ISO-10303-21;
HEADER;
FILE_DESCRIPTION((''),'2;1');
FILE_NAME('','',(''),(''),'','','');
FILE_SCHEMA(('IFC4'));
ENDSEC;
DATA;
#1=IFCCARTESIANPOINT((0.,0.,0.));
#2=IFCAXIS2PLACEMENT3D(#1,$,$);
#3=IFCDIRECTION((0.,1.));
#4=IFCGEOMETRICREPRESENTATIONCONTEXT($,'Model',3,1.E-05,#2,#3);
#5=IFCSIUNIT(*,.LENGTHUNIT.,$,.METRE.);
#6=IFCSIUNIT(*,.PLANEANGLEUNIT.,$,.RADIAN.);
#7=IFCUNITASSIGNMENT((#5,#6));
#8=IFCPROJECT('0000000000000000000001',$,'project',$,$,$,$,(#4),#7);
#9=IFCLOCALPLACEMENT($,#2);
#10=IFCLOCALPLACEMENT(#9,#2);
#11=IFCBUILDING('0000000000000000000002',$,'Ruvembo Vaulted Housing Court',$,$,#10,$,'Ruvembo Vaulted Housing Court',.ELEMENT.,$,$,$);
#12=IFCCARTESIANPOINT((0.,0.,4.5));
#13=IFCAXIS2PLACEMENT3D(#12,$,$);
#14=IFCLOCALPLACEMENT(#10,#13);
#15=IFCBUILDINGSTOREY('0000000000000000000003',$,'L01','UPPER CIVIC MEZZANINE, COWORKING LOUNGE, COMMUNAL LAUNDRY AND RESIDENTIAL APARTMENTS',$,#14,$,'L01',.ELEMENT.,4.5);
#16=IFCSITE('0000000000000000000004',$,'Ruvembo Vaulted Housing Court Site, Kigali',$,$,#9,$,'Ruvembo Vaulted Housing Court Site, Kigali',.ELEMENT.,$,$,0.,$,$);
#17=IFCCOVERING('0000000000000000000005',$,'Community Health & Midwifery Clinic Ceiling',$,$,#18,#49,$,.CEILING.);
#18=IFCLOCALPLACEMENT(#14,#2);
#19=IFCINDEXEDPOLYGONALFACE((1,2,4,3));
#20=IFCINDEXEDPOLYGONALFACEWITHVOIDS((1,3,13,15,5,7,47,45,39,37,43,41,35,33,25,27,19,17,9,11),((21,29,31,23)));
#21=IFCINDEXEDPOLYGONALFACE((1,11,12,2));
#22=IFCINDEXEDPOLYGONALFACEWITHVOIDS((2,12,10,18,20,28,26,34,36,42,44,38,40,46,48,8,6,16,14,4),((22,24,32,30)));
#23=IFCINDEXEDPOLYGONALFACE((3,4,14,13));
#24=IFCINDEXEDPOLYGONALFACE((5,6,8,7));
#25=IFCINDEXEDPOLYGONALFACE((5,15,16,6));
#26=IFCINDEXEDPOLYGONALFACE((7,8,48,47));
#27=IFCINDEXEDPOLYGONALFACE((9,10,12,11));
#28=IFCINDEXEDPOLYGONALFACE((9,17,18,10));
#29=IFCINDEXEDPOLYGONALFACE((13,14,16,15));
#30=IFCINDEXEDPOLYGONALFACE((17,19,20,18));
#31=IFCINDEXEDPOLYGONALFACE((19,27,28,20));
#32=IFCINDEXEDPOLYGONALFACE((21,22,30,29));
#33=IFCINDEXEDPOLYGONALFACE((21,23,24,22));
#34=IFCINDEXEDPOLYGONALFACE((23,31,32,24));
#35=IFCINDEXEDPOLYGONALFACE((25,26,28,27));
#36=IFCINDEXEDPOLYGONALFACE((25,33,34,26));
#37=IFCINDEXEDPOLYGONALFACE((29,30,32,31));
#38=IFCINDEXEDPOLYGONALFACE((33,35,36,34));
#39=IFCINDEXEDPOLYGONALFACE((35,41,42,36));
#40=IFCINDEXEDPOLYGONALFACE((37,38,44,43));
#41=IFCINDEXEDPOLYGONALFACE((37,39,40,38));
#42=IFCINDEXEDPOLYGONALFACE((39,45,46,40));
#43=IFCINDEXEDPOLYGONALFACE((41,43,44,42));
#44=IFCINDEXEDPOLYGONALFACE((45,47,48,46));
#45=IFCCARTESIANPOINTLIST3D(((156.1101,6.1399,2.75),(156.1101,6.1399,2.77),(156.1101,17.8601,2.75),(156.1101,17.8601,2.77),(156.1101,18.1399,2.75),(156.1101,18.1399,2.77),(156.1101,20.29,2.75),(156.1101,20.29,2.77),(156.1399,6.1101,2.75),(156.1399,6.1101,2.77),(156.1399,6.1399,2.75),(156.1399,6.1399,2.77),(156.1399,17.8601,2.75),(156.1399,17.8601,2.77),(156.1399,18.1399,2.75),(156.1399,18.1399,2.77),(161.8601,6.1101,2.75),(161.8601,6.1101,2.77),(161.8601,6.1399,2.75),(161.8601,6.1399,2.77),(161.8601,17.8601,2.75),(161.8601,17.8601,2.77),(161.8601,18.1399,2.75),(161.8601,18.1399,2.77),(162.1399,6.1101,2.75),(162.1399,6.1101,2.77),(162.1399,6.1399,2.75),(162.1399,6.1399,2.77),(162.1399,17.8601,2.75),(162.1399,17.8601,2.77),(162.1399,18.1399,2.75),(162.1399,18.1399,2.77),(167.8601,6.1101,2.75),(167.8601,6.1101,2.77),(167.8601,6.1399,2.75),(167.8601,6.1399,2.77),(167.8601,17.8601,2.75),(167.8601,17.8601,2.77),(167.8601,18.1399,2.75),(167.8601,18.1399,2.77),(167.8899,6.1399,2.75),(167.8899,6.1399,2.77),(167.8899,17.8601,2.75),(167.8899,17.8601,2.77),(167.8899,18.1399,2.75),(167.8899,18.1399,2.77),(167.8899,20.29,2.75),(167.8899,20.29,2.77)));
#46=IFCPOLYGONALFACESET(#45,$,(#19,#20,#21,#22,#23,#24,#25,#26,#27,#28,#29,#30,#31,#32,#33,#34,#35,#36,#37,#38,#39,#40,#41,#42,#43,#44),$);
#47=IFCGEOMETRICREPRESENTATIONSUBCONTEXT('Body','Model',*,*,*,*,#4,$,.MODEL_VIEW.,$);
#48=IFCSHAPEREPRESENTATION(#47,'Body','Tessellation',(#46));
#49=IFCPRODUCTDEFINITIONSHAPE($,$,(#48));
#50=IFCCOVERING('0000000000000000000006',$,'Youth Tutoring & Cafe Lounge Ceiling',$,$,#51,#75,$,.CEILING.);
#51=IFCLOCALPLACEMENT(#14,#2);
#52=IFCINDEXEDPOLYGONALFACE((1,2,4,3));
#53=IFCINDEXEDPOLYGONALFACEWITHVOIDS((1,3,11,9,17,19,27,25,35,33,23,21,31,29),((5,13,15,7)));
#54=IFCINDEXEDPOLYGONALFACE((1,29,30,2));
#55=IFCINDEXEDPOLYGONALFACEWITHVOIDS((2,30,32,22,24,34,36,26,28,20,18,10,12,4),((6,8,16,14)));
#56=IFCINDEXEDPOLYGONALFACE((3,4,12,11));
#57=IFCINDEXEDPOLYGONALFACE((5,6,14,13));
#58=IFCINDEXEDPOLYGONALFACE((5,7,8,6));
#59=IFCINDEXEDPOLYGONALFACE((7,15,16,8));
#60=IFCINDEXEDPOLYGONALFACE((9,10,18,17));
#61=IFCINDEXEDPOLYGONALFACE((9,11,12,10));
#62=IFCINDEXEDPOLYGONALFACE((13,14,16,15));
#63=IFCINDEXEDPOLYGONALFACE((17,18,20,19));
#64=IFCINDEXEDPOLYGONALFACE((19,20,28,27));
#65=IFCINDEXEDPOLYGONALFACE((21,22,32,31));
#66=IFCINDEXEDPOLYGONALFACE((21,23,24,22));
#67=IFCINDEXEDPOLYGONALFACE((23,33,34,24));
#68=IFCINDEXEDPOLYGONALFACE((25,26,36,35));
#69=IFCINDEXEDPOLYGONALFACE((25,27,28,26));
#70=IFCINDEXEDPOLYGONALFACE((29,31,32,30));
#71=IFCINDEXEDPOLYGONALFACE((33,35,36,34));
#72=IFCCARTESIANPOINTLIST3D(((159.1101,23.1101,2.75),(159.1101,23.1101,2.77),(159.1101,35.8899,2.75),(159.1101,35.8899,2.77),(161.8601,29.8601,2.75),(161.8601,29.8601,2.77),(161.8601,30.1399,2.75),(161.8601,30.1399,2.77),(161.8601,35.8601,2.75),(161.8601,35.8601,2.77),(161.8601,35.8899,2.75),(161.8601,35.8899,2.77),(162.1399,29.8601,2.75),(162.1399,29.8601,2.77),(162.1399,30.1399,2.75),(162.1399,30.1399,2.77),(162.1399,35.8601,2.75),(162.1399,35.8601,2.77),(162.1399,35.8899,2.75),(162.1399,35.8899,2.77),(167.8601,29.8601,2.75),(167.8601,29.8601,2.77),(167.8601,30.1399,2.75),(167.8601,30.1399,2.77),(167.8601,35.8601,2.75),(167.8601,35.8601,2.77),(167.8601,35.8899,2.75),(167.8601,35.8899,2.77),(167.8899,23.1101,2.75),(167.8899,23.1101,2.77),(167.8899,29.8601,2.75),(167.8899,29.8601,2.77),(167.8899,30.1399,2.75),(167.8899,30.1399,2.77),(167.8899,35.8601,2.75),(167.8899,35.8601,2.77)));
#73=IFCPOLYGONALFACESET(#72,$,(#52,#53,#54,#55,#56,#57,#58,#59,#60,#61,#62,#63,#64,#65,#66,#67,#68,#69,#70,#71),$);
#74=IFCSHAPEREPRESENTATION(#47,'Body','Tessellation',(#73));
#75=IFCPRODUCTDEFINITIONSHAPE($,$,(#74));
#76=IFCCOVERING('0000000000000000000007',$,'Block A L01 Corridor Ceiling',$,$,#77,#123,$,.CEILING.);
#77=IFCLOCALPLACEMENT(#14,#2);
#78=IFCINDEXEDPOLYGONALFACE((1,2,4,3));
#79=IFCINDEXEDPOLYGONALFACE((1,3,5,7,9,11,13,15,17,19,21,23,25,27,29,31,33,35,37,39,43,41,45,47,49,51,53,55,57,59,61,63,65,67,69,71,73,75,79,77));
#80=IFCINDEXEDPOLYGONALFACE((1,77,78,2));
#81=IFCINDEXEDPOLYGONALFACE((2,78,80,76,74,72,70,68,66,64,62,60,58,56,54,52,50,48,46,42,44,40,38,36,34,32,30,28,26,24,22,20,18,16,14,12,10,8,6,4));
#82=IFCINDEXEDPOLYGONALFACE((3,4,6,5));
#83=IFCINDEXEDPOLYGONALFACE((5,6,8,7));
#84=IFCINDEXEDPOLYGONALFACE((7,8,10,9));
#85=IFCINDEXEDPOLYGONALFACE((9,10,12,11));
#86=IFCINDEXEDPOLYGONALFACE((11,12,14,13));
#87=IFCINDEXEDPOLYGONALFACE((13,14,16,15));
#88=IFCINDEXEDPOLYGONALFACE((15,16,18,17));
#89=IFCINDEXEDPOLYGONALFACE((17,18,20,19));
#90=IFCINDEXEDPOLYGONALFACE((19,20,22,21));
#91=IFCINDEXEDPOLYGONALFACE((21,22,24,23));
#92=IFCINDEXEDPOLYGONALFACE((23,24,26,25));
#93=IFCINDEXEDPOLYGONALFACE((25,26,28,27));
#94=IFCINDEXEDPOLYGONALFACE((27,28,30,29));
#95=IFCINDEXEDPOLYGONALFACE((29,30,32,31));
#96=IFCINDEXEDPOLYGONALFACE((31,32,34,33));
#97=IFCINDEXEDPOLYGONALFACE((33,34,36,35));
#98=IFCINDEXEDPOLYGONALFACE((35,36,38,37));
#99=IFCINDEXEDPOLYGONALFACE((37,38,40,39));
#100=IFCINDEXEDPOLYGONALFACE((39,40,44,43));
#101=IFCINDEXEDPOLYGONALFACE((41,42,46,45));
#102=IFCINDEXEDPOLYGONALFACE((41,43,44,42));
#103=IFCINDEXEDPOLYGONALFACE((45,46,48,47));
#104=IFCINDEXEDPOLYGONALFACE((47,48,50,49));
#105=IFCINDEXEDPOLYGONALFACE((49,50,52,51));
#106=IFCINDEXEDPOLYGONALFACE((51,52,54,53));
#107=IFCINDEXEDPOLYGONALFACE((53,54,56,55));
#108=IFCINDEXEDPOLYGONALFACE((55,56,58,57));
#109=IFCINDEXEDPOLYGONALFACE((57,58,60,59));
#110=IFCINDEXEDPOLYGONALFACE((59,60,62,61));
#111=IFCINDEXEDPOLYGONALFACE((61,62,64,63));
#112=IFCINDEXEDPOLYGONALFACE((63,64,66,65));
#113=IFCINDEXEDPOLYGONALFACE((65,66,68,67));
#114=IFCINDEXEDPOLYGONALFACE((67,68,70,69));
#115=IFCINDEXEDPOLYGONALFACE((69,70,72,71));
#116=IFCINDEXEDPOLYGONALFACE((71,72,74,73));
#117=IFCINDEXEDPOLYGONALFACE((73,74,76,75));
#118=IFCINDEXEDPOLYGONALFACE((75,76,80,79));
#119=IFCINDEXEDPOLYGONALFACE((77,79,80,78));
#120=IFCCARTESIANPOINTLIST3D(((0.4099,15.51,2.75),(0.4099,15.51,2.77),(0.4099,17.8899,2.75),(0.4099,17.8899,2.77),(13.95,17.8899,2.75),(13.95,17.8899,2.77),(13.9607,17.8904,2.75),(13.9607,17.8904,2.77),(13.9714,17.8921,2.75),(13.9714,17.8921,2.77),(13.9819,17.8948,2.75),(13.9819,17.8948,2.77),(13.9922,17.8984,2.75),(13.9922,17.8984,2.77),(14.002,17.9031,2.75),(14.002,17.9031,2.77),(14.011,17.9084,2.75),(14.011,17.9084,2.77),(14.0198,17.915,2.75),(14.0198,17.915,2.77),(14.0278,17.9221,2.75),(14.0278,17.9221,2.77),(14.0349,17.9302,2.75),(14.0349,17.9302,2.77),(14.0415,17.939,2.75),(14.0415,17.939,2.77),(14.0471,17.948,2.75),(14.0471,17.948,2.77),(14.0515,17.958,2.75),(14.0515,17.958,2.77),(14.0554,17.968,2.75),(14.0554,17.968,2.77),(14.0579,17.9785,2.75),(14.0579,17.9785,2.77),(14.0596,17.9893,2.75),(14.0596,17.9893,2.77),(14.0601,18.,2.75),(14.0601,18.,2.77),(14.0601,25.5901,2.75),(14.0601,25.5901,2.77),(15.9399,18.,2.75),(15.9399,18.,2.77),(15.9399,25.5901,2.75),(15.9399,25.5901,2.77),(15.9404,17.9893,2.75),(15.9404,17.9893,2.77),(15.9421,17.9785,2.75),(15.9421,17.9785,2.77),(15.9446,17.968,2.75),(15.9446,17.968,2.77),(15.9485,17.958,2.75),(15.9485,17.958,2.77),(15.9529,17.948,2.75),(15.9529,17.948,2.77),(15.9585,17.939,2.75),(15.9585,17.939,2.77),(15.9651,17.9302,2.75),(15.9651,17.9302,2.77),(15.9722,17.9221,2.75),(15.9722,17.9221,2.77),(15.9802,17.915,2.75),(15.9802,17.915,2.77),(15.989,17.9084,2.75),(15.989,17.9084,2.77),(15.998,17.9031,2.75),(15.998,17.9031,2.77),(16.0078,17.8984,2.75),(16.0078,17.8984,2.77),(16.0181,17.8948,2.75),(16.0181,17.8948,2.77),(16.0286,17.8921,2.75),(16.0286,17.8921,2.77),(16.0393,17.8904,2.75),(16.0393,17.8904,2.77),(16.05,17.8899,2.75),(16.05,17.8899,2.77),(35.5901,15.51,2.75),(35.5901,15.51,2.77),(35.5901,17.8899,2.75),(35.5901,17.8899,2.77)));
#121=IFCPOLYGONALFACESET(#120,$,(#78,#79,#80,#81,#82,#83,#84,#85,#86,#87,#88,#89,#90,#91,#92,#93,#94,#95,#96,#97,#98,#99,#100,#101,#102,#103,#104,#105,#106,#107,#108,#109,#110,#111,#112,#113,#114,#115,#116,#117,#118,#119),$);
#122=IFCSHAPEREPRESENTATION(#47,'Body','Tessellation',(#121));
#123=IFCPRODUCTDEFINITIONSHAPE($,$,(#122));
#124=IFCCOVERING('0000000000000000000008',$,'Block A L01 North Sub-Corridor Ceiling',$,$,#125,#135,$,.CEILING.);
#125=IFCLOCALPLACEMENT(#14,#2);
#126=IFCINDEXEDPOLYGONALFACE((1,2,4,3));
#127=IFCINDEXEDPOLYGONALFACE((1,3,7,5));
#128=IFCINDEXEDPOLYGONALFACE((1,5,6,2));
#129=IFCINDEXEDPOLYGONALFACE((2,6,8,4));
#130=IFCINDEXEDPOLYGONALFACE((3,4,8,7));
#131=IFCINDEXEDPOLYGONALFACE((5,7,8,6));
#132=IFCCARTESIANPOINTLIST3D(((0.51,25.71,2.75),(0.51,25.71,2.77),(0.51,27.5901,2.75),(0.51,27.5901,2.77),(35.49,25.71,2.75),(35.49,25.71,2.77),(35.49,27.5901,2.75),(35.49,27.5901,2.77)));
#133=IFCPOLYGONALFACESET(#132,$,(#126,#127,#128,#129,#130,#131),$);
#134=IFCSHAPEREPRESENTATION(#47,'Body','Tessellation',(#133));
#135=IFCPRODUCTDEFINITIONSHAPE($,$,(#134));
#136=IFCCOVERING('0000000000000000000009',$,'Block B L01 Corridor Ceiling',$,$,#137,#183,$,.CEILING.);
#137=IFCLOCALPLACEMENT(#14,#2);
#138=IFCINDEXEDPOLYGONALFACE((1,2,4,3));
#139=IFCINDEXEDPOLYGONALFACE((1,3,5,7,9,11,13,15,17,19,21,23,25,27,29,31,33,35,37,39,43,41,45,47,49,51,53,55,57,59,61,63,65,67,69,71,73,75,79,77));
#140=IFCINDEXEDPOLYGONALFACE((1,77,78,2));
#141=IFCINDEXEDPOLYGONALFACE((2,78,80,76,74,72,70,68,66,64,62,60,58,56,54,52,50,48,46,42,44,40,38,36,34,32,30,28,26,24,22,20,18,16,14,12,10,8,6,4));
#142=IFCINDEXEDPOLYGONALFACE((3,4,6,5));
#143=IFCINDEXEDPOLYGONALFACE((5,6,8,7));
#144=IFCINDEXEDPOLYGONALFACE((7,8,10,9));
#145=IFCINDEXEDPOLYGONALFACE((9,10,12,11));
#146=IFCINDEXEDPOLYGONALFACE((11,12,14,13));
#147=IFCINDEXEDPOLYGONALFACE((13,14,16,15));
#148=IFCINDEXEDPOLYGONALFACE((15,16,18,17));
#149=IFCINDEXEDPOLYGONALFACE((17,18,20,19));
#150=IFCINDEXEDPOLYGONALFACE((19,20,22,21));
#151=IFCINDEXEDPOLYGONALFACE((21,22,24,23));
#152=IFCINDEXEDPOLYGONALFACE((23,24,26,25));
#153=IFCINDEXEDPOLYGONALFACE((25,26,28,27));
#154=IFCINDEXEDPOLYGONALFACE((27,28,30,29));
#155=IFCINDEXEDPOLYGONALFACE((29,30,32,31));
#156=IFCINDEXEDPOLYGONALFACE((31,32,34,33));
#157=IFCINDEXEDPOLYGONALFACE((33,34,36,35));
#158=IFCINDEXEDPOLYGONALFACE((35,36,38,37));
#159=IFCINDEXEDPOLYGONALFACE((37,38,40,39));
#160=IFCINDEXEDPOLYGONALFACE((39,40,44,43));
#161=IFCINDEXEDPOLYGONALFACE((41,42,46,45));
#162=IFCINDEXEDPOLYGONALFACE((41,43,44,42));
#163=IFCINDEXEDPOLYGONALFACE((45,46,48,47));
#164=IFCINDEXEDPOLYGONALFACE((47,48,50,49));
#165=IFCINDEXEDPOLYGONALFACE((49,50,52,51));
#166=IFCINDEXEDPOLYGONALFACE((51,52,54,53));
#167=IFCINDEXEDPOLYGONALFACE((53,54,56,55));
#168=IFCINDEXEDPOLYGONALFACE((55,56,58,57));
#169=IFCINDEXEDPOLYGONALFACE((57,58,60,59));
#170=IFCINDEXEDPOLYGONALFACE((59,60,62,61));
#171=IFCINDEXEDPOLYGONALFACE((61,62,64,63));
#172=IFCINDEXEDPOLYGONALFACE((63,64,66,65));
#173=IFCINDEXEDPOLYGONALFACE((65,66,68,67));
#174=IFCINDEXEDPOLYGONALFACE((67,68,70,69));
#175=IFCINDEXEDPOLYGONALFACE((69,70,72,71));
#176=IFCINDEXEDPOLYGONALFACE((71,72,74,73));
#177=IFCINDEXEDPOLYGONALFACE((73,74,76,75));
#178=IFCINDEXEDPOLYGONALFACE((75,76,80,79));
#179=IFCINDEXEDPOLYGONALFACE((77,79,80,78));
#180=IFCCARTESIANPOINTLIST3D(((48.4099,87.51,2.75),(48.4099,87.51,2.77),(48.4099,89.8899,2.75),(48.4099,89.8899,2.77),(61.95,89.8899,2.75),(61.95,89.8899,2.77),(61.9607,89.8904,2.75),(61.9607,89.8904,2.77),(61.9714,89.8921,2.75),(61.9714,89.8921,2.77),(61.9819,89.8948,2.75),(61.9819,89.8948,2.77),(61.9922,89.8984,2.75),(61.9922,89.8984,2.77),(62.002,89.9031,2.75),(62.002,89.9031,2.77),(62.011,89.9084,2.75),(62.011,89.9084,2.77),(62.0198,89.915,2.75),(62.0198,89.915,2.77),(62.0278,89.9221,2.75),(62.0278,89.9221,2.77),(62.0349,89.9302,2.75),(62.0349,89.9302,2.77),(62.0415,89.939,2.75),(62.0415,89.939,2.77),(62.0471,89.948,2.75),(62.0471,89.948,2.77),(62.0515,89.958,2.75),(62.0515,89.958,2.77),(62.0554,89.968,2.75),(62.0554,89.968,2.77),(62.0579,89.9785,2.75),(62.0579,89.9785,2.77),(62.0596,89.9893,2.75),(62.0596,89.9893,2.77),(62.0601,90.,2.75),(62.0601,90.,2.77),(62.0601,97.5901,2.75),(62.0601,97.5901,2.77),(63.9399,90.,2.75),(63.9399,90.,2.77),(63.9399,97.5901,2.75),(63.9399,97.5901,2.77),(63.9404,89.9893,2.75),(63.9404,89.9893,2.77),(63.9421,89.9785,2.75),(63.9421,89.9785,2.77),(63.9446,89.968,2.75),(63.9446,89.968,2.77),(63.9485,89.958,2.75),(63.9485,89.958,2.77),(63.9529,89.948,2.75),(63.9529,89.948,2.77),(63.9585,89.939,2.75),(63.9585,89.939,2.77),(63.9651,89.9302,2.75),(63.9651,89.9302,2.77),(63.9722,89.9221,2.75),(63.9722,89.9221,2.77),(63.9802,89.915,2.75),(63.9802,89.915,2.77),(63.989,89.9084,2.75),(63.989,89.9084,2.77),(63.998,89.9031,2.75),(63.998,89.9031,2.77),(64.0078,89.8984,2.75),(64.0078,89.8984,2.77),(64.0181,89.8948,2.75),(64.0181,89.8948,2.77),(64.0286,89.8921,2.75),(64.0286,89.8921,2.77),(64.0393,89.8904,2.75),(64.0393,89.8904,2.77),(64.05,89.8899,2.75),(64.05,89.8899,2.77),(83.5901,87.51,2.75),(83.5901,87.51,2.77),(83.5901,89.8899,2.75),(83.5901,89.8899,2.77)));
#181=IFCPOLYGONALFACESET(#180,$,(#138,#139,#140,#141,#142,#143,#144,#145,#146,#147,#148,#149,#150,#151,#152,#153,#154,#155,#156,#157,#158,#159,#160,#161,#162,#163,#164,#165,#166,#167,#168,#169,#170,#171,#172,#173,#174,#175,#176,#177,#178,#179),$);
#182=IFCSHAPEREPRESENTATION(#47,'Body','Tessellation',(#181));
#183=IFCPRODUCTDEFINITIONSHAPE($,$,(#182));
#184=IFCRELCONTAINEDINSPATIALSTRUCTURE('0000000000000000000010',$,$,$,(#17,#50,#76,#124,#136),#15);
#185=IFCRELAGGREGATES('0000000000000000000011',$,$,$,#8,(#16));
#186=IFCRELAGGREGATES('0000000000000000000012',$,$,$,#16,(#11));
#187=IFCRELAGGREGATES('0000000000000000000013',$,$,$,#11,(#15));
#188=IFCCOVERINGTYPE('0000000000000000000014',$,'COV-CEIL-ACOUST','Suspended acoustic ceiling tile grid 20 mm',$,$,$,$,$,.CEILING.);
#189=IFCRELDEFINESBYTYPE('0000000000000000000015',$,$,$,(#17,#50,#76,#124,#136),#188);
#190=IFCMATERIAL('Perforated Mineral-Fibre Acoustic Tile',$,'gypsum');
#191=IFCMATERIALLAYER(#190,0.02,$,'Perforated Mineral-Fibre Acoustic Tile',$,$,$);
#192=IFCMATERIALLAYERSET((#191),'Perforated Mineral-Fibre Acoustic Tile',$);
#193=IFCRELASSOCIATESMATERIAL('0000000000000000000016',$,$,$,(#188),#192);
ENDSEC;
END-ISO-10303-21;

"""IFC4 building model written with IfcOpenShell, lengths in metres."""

from ifc_helpers import new_model, si_unit, direction, frame, origin, place, context, subcontext, project, spatial, polyline, outline, extrude, material, layer, layer_set, type_object, element, save


model = new_model("IFC4")

# Units and contexts
model_context = context("Model", 3, precision=1e-05, world=origin(), true_north=direction((0.0, 1.0)))
body_context = subcontext(model_context, "Body", "Model", "MODEL_VIEW")
ifc_project = project(units=[si_unit("LENGTHUNIT", "METRE"), si_unit("PLANEANGLEUNIT", "RADIAN")], contexts=[model_context])

# Site, building, storey
site_placement = place(None, origin())
site = spatial("IfcSite", under=ifc_project, at=site_placement, Name="Ruvembo Vaulted Housing Court Site, Kigali", LongName="Ruvembo Vaulted Housing Court Site, Kigali", CompositionType="ELEMENT", RefElevation=0.0)
building_placement = place(site_placement, origin())
building = spatial("IfcBuilding", under=site, at=building_placement, Name="Ruvembo Vaulted Housing Court", LongName="Ruvembo Vaulted Housing Court", CompositionType="ELEMENT")
storey_placement = place(building_placement, frame((0.0, 0.0, 4.5)))
storey = spatial("IfcBuildingStorey", under=building, at=storey_placement, Name="L01", Description="UPPER CIVIC MEZZANINE, COWORKING LOUNGE, COMMUNAL LAUNDRY AND RESIDENTIAL APARTMENTS", LongName="L01", CompositionType="ELEMENT", Elevation=4.5)

# Coverings
ifc_material_1 = material(Name="Perforated Mineral-Fibre Acoustic Tile", Category="gypsum")
ifc_layer_1 = layer(ifc_material_1, 0.02, Name="Perforated Mineral-Fibre Acoustic Tile")
ifc_layer_set_1 = layer_set([ifc_layer_1], Name="Perforated Mineral-Fibre Acoustic Tile")
covering_type_1 = type_object("IfcCoveringType", Name="COV-CEIL-ACOUST", Description="Suspended acoustic ceiling tile grid 20 mm", PredefinedType="CEILING", material=ifc_layer_set_1)
covering_1_placement = place(storey_placement, frame((0.0, 0.0, 2.75)))
element("IfcCovering", 1, at=covering_1_placement, inside=storey, type_object=covering_type_1, Name="Community Health & Midwifery Clinic Ceiling", PredefinedType="CEILING", context=body_context, shape_type="SweptSolid", body=[
    extrude(outline(polyline([(156.1399, 18.1399), (156.1399, 17.8601), (156.1101, 17.8601), (156.1101, 6.1399), (156.1399, 6.1399), (156.1399, 6.1101), (161.8601, 6.1101), (161.8601, 6.1399), (162.1399, 6.1399), (162.1399, 6.1101), (167.8601, 6.1101), (167.8601, 6.1399), (167.8899, 6.1399), (167.8899, 17.8601), (167.8601, 17.8601), (167.8601, 18.1399), (167.8899, 18.1399), (167.8899, 20.29), (156.1101, 20.29), (156.1101, 18.1399), (156.1399, 18.1399)]), holes=[polyline([(162.1399, 17.8601), (162.1399, 18.1399), (161.8601, 18.1399), (161.8601, 17.8601), (162.1399, 17.8601)])]), origin(), (0.0, 0.0, 1.0), 0.02),
])
covering_2_placement = place(storey_placement, frame((0.0, 0.0, 2.75)))
element("IfcCovering", 2, at=covering_2_placement, inside=storey, type_object=covering_type_1, Name="Youth Tutoring & Cafe Lounge Ceiling", PredefinedType="CEILING", context=body_context, shape_type="SweptSolid", body=[
    extrude(outline(polyline([(161.8601, 35.8601), (161.8601, 35.8899), (159.1101, 35.8899), (159.1101, 23.1101), (167.8899, 23.1101), (167.8899, 29.8601), (167.8601, 29.8601), (167.8601, 30.1399), (167.8899, 30.1399), (167.8899, 35.8601), (167.8601, 35.8601), (167.8601, 35.8899), (162.1399, 35.8899), (162.1399, 35.8601), (161.8601, 35.8601)]), holes=[polyline([(162.1399, 29.8601), (162.1399, 30.1399), (161.8601, 30.1399), (161.8601, 29.8601), (162.1399, 29.8601)])]), origin(), (0.0, 0.0, 1.0), 0.02),
])
covering_3_placement = place(storey_placement, frame((0.0, 0.0, 2.75)))
element("IfcCovering", 3, at=covering_3_placement, inside=storey, type_object=covering_type_1, Name="Block A L01 Corridor Ceiling", PredefinedType="CEILING", context=body_context, shape_type="SweptSolid", body=[
    extrude(outline(polyline([(13.95, 17.8899), (0.4099, 17.8899), (0.4099, 15.51), (35.5901, 15.51), (35.5901, 17.8899), (16.05, 17.8899), (16.0393, 17.8904), (16.0286, 17.8921), (16.0181, 17.8948), (16.0078, 17.8984), (15.998, 17.9031), (15.989, 17.9084), (15.9802, 17.915), (15.9722, 17.9221), (15.9651, 17.9302), (15.9585, 17.939), (15.9529, 17.948), (15.9485, 17.958), (15.9446, 17.968), (15.9421, 17.9785), (15.9404, 17.9893), (15.9399, 18.0), (15.9399, 25.5901), (14.0601, 25.5901), (14.0601, 18.0), (14.0596, 17.9893), (14.0579, 17.9785), (14.0554, 17.968), (14.0515, 17.958), (14.0471, 17.948), (14.0415, 17.939), (14.0349, 17.9302), (14.0278, 17.9221), (14.0198, 17.915), (14.011, 17.9084), (14.002, 17.9031), (13.9922, 17.8984), (13.9819, 17.8948), (13.9714, 17.8921), (13.9607, 17.8904), (13.95, 17.8899)])), origin(), (0.0, 0.0, 1.0), 0.02),
])
covering_4_placement = place(storey_placement, frame((0.0, 0.0, 2.75)))
element("IfcCovering", 4, at=covering_4_placement, inside=storey, type_object=covering_type_1, Name="Block A L01 North Sub-Corridor Ceiling", PredefinedType="CEILING", context=body_context, shape_type="SweptSolid", body=[
    extrude(outline(polyline([(35.49, 25.71), (35.49, 27.5901), (0.51, 27.5901), (0.51, 25.71), (35.49, 25.71)])), origin(), (0.0, 0.0, 1.0), 0.02),
])
covering_5_placement = place(storey_placement, frame((0.0, 0.0, 2.75)))
element("IfcCovering", 5, at=covering_5_placement, inside=storey, type_object=covering_type_1, Name="Block B L01 Corridor Ceiling", PredefinedType="CEILING", context=body_context, shape_type="SweptSolid", body=[
    extrude(outline(polyline([(61.95, 89.8899), (48.4099, 89.8899), (48.4099, 87.51), (83.5901, 87.51), (83.5901, 89.8899), (64.05, 89.8899), (64.0393, 89.8904), (64.0286, 89.8921), (64.0181, 89.8948), (64.0078, 89.8984), (63.998, 89.9031), (63.989, 89.9084), (63.9802, 89.915), (63.9722, 89.9221), (63.9651, 89.9302), (63.9585, 89.939), (63.9529, 89.948), (63.9485, 89.958), (63.9446, 89.968), (63.9421, 89.9785), (63.9404, 89.9893), (63.9399, 90.0), (63.9399, 97.5901), (62.0601, 97.5901), (62.0601, 90.0), (62.0596, 89.9893), (62.0579, 89.9785), (62.0554, 89.968), (62.0515, 89.958), (62.0471, 89.948), (62.0415, 89.939), (62.0349, 89.9302), (62.0278, 89.9221), (62.0198, 89.915), (62.011, 89.9084), (62.002, 89.9031), (61.9922, 89.8984), (61.9819, 89.8948), (61.9714, 89.8921), (61.9607, 89.8904), (61.95, 89.8899)])), origin(), (0.0, 0.0, 1.0), 0.02),
])

save(model, "model.ifc")
